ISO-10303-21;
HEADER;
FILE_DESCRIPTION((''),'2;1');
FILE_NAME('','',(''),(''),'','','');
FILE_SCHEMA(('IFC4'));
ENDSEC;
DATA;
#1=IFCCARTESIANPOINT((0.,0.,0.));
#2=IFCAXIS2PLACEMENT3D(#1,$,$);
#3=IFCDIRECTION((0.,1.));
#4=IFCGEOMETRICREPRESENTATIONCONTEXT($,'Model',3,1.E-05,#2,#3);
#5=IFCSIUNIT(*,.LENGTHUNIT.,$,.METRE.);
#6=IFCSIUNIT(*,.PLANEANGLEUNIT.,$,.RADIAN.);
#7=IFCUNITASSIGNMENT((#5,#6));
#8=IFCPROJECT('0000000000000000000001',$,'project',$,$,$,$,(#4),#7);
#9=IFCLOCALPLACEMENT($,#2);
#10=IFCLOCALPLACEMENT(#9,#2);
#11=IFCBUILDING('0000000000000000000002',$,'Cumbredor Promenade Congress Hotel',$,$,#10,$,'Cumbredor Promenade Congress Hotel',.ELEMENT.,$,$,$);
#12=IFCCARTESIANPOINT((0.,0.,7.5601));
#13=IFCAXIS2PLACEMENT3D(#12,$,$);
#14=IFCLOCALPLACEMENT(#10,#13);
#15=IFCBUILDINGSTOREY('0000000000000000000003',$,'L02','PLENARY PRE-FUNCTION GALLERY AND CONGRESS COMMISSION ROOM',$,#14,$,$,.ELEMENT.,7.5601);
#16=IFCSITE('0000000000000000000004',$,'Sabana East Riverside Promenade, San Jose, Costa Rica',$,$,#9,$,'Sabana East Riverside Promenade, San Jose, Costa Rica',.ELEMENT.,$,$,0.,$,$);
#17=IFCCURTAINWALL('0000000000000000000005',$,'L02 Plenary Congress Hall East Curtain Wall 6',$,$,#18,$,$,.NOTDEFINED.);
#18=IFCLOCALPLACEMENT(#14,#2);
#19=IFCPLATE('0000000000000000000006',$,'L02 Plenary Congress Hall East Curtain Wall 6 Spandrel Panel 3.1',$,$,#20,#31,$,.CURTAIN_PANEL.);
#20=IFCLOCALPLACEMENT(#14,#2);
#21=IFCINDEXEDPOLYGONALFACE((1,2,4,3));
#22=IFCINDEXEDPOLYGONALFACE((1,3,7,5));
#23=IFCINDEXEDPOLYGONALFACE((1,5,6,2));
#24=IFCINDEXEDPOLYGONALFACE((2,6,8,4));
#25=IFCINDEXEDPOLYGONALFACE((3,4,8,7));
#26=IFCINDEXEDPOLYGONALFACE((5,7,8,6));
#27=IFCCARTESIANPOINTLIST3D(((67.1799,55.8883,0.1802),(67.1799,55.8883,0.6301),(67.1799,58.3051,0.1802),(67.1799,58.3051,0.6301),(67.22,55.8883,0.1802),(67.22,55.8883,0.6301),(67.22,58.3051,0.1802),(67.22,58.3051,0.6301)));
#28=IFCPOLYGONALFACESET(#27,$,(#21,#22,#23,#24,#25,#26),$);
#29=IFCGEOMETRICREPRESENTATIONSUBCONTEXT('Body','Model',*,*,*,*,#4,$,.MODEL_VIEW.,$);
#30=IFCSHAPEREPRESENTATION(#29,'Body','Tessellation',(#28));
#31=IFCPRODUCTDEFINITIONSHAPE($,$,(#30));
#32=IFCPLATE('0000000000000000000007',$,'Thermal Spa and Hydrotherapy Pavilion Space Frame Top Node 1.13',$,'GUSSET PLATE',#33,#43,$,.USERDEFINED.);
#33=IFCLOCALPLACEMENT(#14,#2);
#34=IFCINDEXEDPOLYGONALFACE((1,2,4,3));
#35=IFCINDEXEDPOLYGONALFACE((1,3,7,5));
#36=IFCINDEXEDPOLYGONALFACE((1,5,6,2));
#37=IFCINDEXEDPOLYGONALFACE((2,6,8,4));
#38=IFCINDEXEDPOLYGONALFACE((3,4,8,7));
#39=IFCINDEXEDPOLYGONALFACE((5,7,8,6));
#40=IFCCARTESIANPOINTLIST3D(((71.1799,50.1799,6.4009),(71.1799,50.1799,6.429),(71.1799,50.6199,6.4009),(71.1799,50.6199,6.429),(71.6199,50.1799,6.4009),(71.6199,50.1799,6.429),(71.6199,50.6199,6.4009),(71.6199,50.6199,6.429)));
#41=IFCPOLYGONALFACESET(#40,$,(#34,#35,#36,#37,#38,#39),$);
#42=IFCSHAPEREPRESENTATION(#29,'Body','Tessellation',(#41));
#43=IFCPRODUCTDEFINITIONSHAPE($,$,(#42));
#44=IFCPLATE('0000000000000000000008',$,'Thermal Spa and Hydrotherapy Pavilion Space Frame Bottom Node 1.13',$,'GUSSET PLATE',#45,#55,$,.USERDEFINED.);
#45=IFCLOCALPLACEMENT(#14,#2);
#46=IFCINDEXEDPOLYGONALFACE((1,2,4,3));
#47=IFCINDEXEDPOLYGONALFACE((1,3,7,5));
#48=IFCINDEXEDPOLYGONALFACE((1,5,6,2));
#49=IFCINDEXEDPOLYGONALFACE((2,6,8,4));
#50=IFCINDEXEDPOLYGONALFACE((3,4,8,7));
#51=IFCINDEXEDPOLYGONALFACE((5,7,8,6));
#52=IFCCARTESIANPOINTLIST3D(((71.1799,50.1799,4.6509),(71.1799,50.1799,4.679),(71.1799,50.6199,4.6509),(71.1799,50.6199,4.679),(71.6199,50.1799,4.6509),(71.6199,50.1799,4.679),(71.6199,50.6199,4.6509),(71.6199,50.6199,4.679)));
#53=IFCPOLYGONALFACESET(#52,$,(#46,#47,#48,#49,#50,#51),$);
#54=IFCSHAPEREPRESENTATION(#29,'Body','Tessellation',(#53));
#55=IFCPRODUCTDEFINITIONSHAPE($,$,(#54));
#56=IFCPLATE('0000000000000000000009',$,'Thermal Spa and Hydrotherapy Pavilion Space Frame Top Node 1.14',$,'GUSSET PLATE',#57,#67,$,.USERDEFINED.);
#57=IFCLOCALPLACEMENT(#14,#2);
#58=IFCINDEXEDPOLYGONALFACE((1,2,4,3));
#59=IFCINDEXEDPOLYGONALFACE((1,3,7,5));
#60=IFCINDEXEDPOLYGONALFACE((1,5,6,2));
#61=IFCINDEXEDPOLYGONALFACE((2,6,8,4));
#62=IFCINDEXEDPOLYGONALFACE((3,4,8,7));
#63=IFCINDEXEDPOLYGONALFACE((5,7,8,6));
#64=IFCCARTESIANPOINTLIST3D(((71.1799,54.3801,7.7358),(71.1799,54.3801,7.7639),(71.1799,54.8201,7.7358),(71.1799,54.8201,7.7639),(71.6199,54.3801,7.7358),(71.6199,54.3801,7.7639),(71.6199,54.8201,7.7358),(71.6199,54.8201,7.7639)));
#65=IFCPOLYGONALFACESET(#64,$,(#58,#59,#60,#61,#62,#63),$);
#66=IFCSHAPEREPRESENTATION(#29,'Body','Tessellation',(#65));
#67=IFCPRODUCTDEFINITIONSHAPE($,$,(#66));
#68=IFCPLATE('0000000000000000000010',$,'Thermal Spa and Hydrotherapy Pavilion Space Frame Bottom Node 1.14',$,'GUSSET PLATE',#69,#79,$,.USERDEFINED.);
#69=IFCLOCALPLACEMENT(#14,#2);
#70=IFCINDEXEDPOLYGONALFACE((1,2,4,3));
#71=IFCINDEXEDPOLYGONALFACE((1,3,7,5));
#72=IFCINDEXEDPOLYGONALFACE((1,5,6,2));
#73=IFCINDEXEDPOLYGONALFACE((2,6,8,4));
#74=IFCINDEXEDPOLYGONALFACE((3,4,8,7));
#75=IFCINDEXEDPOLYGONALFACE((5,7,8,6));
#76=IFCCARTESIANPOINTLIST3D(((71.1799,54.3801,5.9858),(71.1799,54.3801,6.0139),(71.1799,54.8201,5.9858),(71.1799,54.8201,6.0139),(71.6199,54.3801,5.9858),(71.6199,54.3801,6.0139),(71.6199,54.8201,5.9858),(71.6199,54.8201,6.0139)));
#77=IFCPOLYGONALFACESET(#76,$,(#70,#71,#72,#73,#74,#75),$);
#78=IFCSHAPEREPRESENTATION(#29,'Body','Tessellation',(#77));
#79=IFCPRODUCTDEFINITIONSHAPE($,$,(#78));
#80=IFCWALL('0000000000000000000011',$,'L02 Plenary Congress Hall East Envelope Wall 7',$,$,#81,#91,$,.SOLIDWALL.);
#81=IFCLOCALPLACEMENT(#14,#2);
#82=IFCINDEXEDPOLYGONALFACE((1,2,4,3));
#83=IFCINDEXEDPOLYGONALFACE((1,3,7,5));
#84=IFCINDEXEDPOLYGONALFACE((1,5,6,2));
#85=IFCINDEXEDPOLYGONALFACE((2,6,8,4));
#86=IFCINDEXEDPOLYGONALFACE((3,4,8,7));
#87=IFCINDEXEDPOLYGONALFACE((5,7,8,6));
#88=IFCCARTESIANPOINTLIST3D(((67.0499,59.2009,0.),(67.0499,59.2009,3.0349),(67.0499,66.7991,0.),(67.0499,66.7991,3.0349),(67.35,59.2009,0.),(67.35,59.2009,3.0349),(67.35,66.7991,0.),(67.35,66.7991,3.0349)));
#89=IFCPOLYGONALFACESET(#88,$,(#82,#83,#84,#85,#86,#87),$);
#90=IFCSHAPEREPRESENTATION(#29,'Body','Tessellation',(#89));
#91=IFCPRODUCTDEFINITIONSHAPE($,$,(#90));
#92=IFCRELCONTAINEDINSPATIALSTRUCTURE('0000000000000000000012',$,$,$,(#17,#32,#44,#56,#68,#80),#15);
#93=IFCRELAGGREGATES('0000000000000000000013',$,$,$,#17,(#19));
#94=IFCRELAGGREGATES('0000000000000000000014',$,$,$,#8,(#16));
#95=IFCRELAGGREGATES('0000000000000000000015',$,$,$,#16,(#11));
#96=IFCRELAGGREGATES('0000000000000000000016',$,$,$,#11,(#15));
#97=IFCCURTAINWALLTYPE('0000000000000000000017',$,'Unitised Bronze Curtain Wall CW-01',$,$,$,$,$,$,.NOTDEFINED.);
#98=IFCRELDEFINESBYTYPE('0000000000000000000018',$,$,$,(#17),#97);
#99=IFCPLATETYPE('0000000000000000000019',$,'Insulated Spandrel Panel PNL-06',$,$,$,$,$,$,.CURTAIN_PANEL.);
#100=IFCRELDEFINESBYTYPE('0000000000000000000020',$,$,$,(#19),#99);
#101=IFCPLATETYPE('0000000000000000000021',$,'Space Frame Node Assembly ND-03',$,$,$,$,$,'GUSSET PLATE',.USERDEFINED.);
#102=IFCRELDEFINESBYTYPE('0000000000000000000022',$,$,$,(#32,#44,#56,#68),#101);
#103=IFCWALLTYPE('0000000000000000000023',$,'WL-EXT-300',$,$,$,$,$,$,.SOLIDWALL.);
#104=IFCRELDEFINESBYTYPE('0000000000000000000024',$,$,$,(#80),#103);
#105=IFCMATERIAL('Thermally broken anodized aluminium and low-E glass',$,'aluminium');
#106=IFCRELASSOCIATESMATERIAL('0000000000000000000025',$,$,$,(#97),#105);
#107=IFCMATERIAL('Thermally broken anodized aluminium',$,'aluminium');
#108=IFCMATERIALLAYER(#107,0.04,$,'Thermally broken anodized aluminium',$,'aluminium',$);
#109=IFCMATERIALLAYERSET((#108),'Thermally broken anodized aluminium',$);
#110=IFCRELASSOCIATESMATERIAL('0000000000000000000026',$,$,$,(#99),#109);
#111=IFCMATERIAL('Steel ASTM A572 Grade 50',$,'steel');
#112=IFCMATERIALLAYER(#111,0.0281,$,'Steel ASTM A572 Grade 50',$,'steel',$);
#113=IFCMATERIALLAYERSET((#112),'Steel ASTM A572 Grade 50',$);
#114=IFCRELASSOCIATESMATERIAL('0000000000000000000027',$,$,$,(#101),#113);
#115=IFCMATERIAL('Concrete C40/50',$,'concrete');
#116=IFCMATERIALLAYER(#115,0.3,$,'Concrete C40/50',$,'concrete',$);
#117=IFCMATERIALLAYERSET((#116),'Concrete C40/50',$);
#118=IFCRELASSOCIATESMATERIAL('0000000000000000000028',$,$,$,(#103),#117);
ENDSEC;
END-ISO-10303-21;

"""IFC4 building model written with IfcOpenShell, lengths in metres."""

from ifc_helpers import new_model, si_unit, direction, frame, frame_2d, origin, origin_2d, place, context, subcontext, project, spatial, rectangle, extrude, material, layer, layer_set, type_object, element, aggregate, save


model = new_model("IFC4")

# Units and contexts
model_context = context("Model", 3, precision=1e-05, world=origin(), true_north=direction((0.0, 1.0)))
body_context = subcontext(model_context, "Body", "Model", "MODEL_VIEW")
ifc_project = project(units=[si_unit("LENGTHUNIT", "METRE"), si_unit("PLANEANGLEUNIT", "RADIAN")], contexts=[model_context])

# Site, building, storey
site_placement = place(None, origin())
site = spatial("IfcSite", under=ifc_project, at=site_placement, Name="Sabana East Riverside Promenade, San Jose, Costa Rica", LongName="Sabana East Riverside Promenade, San Jose, Costa Rica", CompositionType="ELEMENT", RefElevation=0.0)
building_placement = place(site_placement, origin())
building = spatial("IfcBuilding", under=site, at=building_placement, Name="Cumbredor Promenade Congress Hotel", LongName="Cumbredor Promenade Congress Hotel", CompositionType="ELEMENT")
storey_placement = place(building_placement, frame((0.0, 0.0, 7.5601)))
storey = spatial("IfcBuildingStorey", under=building, at=storey_placement, Name="L02", Description="PLENARY PRE-FUNCTION GALLERY AND CONGRESS COMMISSION ROOM", CompositionType="ELEMENT", Elevation=7.5601)

# Shared definitions
ifc_material_1 = material(Name="Concrete C40/50", Category="concrete")

# Curtain wall
ifc_material_2 = material(Name="Thermally broken anodized aluminium and low-E glass", Category="aluminium")
curtain_wall_type = type_object("IfcCurtainWallType", Name="Unitised Bronze Curtain Wall CW-01", PredefinedType="NOTDEFINED", material=ifc_material_2)
curtain_wall_placement = place(storey_placement, origin())
curtain_wall = element("IfcCurtainWall", 1, at=curtain_wall_placement, inside=storey, type_object=curtain_wall_type, Name="L02 Plenary Congress Hall East Curtain Wall 6", PredefinedType="NOTDEFINED")
ifc_material_3 = material(Name="Thermally broken anodized aluminium", Category="aluminium")

# Plate
ifc_material_4 = material(Name="Steel ASTM A572 Grade 50", Category="steel")
ifc_layer_1 = layer(ifc_material_3, 0.04, Name="Thermally broken anodized aluminium", Category="aluminium")
ifc_layer_set_1 = layer_set([ifc_layer_1], Name="Thermally broken anodized aluminium")
plate_type_1 = type_object("IfcPlateType", Name="Insulated Spandrel Panel PNL-06", PredefinedType="CURTAIN_PANEL", material=ifc_layer_set_1)
plate_1_placement = place(storey_placement, frame((67.2, 57.0967, 0.1802), z_axis=(0.0, 0.0, 1.0), x_axis=(0.0, 1.0, 0.0)))
plate_1 = element("IfcPlate", 2, at=plate_1_placement, type_object=plate_type_1, Name="L02 Plenary Congress Hall East Curtain Wall 6 Spandrel Panel 3.1", PredefinedType="CURTAIN_PANEL", context=body_context, shape_type="SweptSolid", body=[
    extrude(rectangle(XDim=2.4167, YDim=0.04, at=origin_2d()), origin(), (0.0, 0.0, 1.0), 0.45),
])
aggregate(curtain_wall, [plate_1])

# Plates
ifc_layer_2 = layer(ifc_material_4, 0.0281, Name="Steel ASTM A572 Grade 50", Category="steel")
ifc_layer_set_2 = layer_set([ifc_layer_2], Name="Steel ASTM A572 Grade 50")
plate_type_2 = type_object("IfcPlateType", Name="Space Frame Node Assembly ND-03", ElementType="GUSSET PLATE", PredefinedType="USERDEFINED", material=ifc_layer_set_2)
for number, where, z_axis, x_axis, name in (
    (3, (71.3999, 50.3999, 6.4009), (0.0, 0.0, 1.0), (1.0, 0.0, 0.0), "Thermal Spa and Hydrotherapy Pavilion Space Frame Top Node 1.13"),
    (4, (71.3999, 50.3999, 4.6509), (0.0, 0.0, 1.0), (1.0, 0.0, 0.0), "Thermal Spa and Hydrotherapy Pavilion Space Frame Bottom Node 1.13"),
    (5, (71.3999, 54.6001, 7.7358), (0.0, 0.0, 1.0), (1.0, 0.0, 0.0), "Thermal Spa and Hydrotherapy Pavilion Space Frame Top Node 1.14"),
    (6, (71.3999, 54.6001, 5.9858), (0.0, 0.0, 1.0), (1.0, 0.0, 0.0), "Thermal Spa and Hydrotherapy Pavilion Space Frame Bottom Node 1.14"),
):
    element("IfcPlate", number, at=place(storey_placement, frame(where, z_axis=z_axis, x_axis=x_axis)), inside=storey, type_object=plate_type_2, Name=name, ObjectType="GUSSET PLATE", PredefinedType="USERDEFINED", context=body_context, shape_type="SweptSolid", body=[
        extrude(rectangle(XDim=0.4399, YDim=0.4399, at=origin_2d()), origin(), (0.0, 0.0, 1.0), 0.0281),
    ])

# Wall
ifc_layer_3 = layer(ifc_material_1, 0.3, Name="Concrete C40/50", Category="concrete")
ifc_layer_set_3 = layer_set([ifc_layer_3], Name="Concrete C40/50")
wall_type = type_object("IfcWallType", Name="WL-EXT-300", PredefinedType="SOLIDWALL", material=ifc_layer_set_3)
wall_placement = place(storey_placement, frame((67.2, 59.2009, 0.0), z_axis=(0.0, 0.0, 1.0), x_axis=(0.0, 1.0, 0.0)))
element("IfcWall", 7, at=wall_placement, inside=storey, type_object=wall_type, Name="L02 Plenary Congress Hall East Envelope Wall 7", PredefinedType="SOLIDWALL", context=body_context, shape_type="SweptSolid", body=[
    extrude(rectangle(XDim=7.5981, YDim=0.3, at=frame_2d((3.7991, 0.0))), origin(), (0.0, 0.0, 1.0), 3.0349),
])

save(model, "model.ifc")
